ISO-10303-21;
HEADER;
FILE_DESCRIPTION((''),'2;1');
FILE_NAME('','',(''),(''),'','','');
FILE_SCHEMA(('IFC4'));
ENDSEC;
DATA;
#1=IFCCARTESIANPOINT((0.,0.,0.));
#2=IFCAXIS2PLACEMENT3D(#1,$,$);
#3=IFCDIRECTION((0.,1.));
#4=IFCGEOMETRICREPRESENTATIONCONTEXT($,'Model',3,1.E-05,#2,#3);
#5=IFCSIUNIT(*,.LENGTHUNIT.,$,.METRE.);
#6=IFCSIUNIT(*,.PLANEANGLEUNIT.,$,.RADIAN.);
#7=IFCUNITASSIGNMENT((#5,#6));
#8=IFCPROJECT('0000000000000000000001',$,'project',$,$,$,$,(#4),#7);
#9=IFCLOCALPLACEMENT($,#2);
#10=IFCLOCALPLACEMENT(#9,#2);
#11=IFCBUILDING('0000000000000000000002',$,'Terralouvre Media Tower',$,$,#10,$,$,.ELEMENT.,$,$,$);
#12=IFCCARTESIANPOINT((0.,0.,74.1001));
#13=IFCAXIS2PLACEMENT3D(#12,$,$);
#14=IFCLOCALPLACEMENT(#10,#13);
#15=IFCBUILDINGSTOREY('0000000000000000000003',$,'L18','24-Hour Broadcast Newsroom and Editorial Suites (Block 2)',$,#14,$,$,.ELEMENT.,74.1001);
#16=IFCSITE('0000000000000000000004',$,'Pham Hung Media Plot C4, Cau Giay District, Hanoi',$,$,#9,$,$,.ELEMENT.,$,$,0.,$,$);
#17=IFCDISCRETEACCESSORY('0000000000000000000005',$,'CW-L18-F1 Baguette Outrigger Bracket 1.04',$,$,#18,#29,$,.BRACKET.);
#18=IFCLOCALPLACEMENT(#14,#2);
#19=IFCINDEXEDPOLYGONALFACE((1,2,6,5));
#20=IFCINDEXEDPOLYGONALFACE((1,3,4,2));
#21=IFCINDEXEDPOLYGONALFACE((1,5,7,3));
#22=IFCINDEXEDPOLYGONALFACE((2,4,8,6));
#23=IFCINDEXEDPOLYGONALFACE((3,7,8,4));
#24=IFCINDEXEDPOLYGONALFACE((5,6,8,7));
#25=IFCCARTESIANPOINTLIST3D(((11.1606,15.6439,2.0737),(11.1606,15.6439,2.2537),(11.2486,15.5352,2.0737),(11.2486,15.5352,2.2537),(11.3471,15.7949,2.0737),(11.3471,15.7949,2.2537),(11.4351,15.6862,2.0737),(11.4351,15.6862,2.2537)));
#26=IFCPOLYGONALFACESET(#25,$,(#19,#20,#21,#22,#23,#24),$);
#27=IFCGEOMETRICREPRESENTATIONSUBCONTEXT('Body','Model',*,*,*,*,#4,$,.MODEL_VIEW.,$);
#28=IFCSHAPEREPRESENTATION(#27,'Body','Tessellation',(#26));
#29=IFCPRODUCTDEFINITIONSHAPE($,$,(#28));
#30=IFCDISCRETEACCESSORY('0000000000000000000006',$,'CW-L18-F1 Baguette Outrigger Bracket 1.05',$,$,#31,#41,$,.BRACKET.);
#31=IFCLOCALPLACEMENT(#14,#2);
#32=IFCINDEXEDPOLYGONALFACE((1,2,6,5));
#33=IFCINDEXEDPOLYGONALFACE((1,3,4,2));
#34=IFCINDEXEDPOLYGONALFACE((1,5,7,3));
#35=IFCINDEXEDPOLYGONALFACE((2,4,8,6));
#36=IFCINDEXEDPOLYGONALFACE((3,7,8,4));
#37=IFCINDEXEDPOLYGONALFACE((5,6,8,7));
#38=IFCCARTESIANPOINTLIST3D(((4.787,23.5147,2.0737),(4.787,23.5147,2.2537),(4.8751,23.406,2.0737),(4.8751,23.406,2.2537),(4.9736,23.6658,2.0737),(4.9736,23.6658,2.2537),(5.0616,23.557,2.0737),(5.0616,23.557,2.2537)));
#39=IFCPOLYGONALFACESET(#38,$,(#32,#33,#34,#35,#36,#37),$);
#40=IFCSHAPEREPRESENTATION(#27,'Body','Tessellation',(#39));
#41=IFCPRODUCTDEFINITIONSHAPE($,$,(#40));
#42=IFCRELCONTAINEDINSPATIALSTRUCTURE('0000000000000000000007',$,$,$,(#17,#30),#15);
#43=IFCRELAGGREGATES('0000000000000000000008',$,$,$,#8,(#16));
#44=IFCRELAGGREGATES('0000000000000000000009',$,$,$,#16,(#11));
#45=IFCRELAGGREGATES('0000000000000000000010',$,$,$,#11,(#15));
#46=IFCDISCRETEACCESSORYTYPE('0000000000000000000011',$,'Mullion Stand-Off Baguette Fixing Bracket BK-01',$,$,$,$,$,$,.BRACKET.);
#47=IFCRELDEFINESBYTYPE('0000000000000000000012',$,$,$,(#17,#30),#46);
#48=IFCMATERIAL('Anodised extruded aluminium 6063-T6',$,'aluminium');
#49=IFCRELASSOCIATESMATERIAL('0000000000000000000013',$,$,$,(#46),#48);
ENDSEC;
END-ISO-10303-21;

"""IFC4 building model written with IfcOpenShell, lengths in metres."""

from ifc_helpers import new_model, si_unit, direction, frame, origin, origin_2d, place, context, subcontext, project, spatial, rectangle, extrude, material, type_object, element, save


model = new_model("IFC4")

# Units and contexts
model_context = context("Model", 3, precision=1e-05, world=origin(), true_north=direction((0.0, 1.0)))
body_context = subcontext(model_context, "Body", "Model", "MODEL_VIEW")
ifc_project = project(units=[si_unit("LENGTHUNIT", "METRE"), si_unit("PLANEANGLEUNIT", "RADIAN")], contexts=[model_context])

# Site, building, storey
site_placement = place(None, origin())
site = spatial("IfcSite", under=ifc_project, at=site_placement, Name="Pham Hung Media Plot C4, Cau Giay District, Hanoi", CompositionType="ELEMENT", RefElevation=0.0)
building_placement = place(site_placement, origin())
building = spatial("IfcBuilding", under=site, at=building_placement, Name="Terralouvre Media Tower", CompositionType="ELEMENT")
storey_placement = place(building_placement, frame((0.0, 0.0, 74.1001)))
storey = spatial("IfcBuildingStorey", under=building, at=storey_placement, Name="L18", Description="24-Hour Broadcast Newsroom and Editorial Suites (Block 2)", CompositionType="ELEMENT", Elevation=74.1001)

# Discrete accessories
ifc_material_1 = material(Name="Anodised extruded aluminium 6063-T6", Category="aluminium")
discrete_accessory_type = type_object("IfcDiscreteAccessoryType", Name="Mullion Stand-Off Baguette Fixing Bracket BK-01", PredefinedType="BRACKET", material=ifc_material_1)
for number, where, z_axis, x_axis, name in (
    (1, (11.2979, 15.665, 2.0737), (0.0, 0.0, 1.0), (-0.62932, 0.777146, 0.0), "CW-L18-F1 Baguette Outrigger Bracket 1.04"),
    (2, (4.9243, 23.5359, 2.0737), (0.0, 0.0, 1.0), (-0.62932, 0.777146, 0.0), "CW-L18-F1 Baguette Outrigger Bracket 1.05"),
):
    element("IfcDiscreteAccessory", number, at=place(storey_placement, frame(where, z_axis=z_axis, x_axis=x_axis)), inside=storey, type_object=discrete_accessory_type, Name=name, PredefinedType="BRACKET", context=body_context, shape_type="SweptSolid", body=[
        extrude(rectangle(XDim=0.1399, YDim=0.24, at=origin_2d()), origin(), (0.0, 0.0, 1.0), 0.1799),
    ])

save(model, "model.ifc")
